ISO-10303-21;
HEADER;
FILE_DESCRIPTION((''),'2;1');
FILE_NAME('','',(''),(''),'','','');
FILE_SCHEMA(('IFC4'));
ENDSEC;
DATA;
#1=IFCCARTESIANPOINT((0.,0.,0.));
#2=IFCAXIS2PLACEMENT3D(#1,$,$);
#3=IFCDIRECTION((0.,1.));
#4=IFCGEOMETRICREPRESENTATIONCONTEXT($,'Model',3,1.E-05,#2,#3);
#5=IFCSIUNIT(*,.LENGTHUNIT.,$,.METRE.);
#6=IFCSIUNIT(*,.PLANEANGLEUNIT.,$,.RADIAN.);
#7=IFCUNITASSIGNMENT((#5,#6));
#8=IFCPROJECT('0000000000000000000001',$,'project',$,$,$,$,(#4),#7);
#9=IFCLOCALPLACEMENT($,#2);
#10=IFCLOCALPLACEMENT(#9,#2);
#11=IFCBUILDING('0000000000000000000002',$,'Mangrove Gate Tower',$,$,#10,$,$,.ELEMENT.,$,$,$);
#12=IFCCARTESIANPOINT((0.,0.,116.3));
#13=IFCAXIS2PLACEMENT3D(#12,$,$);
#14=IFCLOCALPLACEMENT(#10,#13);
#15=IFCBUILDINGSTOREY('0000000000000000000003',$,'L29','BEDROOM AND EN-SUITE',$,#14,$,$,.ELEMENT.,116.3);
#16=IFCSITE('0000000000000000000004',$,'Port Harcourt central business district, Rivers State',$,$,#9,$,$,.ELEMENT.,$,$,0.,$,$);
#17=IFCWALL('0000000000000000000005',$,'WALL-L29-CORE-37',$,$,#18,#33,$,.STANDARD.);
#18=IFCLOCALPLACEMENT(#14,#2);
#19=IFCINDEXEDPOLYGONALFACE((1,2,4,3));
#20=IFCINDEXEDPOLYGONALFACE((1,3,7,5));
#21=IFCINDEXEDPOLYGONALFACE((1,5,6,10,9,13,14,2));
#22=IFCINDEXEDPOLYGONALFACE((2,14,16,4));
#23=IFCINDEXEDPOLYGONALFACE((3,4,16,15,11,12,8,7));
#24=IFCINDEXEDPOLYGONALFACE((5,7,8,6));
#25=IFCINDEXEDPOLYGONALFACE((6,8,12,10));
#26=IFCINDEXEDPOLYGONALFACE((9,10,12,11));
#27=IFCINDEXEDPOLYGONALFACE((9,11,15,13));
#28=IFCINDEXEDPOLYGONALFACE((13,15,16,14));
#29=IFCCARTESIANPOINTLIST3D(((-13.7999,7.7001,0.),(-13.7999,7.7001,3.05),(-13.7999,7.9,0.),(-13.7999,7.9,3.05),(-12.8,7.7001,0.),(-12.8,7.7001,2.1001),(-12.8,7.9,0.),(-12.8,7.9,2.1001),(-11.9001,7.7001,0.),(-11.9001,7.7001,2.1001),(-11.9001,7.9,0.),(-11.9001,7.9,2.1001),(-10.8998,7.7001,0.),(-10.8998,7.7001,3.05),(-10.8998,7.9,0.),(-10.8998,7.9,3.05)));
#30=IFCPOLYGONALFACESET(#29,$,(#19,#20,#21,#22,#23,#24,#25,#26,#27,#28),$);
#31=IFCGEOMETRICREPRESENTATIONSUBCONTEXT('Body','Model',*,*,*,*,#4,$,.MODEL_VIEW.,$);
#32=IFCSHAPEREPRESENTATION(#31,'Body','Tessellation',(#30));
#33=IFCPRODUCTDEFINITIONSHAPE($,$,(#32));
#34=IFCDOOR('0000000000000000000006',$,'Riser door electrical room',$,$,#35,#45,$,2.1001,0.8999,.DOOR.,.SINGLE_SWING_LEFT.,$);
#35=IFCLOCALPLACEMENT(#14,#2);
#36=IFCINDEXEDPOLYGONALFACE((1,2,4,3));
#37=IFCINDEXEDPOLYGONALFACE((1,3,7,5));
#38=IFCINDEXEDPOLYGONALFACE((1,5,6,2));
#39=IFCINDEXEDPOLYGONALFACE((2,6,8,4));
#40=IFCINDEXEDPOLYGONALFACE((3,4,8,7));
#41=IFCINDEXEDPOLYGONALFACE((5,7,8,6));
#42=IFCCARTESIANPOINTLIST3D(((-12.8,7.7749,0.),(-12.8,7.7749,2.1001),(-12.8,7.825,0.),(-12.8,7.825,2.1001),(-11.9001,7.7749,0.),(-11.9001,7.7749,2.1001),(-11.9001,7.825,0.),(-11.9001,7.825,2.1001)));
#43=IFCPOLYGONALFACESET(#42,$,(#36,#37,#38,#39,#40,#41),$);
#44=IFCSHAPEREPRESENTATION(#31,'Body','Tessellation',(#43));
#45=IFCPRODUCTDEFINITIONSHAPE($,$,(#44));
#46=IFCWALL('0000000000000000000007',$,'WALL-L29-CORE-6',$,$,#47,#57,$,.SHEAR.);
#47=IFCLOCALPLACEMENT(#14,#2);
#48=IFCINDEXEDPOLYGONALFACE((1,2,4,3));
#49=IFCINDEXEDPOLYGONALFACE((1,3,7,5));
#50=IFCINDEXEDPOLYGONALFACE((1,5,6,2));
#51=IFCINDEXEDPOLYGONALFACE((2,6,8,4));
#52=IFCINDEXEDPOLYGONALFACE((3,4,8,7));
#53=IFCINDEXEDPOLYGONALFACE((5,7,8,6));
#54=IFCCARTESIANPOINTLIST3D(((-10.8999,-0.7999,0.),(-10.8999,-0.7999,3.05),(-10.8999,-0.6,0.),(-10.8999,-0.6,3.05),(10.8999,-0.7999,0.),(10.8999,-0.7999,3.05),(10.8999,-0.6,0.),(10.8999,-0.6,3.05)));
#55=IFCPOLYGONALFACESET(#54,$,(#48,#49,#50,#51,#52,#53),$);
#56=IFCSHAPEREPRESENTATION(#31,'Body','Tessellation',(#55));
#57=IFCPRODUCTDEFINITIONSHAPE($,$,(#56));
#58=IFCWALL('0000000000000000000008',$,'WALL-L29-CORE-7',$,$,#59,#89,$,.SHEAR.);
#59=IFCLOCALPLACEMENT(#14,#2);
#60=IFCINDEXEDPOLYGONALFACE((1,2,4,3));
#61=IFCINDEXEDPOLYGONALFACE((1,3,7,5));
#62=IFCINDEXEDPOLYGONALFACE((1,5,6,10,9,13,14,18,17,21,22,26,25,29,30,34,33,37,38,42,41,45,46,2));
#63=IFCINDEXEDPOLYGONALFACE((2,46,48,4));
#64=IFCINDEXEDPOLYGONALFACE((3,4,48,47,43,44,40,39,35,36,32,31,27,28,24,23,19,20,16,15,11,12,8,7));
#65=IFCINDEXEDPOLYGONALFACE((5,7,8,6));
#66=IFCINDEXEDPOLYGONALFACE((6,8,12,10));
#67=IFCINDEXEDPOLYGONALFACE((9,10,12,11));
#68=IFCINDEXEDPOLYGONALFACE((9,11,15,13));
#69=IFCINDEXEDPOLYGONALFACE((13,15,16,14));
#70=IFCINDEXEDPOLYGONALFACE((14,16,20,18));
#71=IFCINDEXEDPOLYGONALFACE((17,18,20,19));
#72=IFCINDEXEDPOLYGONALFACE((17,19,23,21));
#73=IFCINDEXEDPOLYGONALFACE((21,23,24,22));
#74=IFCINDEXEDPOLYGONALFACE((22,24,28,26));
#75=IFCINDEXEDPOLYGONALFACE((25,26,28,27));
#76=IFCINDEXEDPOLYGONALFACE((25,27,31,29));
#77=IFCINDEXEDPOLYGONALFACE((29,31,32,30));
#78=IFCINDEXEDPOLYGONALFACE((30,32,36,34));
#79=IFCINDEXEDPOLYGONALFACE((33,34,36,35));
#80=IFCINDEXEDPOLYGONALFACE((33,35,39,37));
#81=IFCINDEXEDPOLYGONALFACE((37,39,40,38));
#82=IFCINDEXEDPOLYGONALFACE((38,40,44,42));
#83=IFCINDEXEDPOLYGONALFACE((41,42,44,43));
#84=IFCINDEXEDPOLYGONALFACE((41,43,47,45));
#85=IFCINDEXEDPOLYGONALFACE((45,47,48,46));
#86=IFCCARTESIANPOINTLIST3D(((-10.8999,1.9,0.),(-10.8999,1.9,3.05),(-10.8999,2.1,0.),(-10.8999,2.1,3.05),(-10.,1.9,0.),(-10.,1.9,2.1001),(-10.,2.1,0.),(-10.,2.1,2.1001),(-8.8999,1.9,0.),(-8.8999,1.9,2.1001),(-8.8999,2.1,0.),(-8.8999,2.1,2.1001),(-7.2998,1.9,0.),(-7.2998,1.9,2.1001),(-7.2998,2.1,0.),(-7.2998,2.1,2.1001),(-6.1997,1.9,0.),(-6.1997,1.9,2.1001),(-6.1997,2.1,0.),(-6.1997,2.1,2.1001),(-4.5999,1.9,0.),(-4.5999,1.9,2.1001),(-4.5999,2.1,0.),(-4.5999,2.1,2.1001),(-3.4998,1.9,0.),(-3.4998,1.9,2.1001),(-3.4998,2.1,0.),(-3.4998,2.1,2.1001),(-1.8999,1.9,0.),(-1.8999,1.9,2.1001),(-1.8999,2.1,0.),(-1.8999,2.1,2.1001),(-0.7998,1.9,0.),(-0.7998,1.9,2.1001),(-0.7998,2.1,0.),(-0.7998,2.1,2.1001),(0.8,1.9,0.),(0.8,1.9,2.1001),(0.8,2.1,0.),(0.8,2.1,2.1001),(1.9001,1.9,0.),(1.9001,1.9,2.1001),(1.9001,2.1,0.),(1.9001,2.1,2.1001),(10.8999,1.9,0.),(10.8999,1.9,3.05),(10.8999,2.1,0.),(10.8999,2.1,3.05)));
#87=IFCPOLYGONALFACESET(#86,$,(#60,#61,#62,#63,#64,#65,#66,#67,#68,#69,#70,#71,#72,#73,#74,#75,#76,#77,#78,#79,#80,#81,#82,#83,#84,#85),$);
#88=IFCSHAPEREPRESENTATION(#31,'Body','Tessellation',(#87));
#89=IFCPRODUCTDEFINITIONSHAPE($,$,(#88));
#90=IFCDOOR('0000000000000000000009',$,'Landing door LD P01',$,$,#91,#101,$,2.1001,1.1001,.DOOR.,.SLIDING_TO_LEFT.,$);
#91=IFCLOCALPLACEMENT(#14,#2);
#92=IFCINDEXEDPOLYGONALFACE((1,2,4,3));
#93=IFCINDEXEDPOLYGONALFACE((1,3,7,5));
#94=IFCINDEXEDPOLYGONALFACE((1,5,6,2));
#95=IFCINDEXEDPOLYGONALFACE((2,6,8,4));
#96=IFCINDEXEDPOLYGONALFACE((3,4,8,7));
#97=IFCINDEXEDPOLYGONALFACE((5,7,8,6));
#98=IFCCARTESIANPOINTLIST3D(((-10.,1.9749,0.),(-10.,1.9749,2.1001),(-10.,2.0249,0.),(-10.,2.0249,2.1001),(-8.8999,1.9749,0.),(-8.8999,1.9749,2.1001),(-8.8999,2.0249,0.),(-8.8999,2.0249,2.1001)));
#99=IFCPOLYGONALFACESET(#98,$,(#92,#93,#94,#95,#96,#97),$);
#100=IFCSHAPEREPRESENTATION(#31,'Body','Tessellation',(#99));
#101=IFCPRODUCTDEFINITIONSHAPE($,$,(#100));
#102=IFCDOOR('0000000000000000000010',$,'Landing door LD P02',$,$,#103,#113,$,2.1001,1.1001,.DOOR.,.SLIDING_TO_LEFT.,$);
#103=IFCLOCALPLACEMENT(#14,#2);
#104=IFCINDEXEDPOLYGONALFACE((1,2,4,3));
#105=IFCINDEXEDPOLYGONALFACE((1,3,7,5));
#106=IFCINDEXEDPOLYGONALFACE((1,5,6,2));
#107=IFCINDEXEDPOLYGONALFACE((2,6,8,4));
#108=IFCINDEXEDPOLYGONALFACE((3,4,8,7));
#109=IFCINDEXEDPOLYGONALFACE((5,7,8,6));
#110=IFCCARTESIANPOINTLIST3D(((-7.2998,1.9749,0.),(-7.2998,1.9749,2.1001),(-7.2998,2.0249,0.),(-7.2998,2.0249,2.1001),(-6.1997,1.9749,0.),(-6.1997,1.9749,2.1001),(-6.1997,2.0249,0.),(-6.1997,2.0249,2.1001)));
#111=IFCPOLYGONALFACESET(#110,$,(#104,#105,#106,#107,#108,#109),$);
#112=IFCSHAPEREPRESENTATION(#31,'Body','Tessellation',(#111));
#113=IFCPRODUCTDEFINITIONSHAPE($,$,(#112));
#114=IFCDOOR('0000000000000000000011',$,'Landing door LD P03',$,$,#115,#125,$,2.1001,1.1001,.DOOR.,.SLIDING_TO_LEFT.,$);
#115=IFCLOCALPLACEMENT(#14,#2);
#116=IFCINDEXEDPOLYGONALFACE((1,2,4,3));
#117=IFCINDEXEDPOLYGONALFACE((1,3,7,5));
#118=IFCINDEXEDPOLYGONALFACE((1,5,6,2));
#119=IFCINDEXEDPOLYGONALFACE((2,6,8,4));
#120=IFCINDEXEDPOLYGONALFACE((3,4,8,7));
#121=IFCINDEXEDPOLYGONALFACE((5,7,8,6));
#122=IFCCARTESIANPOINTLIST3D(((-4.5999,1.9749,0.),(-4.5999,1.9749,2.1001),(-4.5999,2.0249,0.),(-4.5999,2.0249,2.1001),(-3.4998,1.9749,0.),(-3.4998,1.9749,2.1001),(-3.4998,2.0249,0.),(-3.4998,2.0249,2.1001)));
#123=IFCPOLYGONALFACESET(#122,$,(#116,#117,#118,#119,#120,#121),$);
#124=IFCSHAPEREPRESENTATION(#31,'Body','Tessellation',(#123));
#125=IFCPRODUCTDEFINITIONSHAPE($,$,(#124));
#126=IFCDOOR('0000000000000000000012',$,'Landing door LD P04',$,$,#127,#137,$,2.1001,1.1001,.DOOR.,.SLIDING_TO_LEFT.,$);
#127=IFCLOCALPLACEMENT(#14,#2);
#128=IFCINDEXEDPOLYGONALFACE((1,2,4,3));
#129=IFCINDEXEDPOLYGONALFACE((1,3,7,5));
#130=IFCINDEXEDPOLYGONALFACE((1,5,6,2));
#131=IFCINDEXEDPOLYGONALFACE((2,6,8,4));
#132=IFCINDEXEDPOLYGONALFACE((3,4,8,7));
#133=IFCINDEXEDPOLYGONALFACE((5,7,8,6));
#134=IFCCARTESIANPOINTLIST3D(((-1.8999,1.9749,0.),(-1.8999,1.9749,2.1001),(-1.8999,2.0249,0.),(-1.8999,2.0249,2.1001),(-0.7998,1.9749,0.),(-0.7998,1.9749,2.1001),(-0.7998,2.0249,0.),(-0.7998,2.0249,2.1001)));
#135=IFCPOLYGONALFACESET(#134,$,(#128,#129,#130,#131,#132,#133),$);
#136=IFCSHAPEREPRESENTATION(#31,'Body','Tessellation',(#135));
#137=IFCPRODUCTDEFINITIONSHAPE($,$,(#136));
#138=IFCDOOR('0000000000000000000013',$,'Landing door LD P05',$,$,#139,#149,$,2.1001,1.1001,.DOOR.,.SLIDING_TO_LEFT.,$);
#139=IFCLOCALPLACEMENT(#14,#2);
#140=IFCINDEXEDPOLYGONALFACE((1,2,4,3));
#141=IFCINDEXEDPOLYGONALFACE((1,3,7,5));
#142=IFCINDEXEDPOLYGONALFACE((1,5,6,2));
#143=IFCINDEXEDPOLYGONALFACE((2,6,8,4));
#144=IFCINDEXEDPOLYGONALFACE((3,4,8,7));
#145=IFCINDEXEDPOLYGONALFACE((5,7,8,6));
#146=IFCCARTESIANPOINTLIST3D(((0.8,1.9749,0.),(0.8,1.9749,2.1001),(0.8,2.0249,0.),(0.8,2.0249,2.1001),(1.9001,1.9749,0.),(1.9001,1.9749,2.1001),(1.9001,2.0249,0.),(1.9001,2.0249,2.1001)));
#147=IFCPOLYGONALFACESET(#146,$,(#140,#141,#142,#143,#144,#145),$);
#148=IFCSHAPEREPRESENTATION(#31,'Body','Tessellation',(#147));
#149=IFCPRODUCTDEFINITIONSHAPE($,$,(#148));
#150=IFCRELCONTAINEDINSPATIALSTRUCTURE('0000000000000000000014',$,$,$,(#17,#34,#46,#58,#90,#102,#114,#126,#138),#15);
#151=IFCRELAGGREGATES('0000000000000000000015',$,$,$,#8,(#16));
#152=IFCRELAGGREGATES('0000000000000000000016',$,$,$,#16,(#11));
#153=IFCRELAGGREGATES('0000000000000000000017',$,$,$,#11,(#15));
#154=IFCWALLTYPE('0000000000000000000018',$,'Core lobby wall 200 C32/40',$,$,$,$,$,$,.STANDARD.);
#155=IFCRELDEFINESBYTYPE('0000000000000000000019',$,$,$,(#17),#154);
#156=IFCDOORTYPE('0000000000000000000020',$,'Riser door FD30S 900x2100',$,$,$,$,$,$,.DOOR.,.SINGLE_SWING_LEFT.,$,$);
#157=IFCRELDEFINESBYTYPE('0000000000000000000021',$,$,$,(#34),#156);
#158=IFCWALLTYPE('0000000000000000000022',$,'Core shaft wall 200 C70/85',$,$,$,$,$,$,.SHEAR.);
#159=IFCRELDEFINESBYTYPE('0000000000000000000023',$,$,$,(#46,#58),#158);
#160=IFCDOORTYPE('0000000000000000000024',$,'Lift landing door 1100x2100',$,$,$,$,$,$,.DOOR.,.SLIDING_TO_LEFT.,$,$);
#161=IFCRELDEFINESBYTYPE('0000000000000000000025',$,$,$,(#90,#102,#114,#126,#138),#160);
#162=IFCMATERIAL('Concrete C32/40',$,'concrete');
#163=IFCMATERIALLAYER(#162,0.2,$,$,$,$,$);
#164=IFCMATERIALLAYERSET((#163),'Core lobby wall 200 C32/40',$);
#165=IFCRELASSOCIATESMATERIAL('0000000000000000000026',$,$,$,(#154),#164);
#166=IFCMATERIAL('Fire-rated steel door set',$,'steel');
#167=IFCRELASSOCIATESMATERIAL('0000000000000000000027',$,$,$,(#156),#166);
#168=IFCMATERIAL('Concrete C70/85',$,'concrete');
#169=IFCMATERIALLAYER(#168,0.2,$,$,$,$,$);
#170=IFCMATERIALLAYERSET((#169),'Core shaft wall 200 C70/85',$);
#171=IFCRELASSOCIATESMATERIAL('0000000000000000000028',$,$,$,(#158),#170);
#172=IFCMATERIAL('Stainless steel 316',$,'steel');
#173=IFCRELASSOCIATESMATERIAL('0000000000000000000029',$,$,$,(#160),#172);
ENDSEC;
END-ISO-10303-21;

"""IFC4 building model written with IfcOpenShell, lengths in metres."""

from ifc_helpers import new_model, si_unit, direction, frame, frame_2d, origin, place, context, subcontext, project, spatial, rectangle, extrude, material, layer, layer_set, type_object, element, fill, save


model = new_model("IFC4")

# Units and contexts
model_context = context("Model", 3, precision=1e-05, world=origin(), true_north=direction((0.0, 1.0)))
body_context = subcontext(model_context, "Body", "Model", "MODEL_VIEW")
ifc_project = project(units=[si_unit("LENGTHUNIT", "METRE"), si_unit("PLANEANGLEUNIT", "RADIAN")], contexts=[model_context])

# Site, building, storey
site_placement = place(None, origin())
site = spatial("IfcSite", under=ifc_project, at=site_placement, Name="Port Harcourt central business district, Rivers State", CompositionType="ELEMENT", RefElevation=0.0)
building_placement = place(site_placement, origin())
building = spatial("IfcBuilding", under=site, at=building_placement, Name="Mangrove Gate Tower", CompositionType="ELEMENT")
storey_placement = place(building_placement, frame((0.0, 0.0, 116.3)))
storey = spatial("IfcBuildingStorey", under=building, at=storey_placement, Name="L29", Description="BEDROOM AND EN-SUITE", CompositionType="ELEMENT", Elevation=116.3)

# Wall, opening, door
ifc_material_1 = material(Name="Concrete C32/40", Category="concrete")
ifc_layer_1 = layer(ifc_material_1, 0.2)
ifc_layer_set_1 = layer_set([ifc_layer_1], Name="Core lobby wall 200 C32/40")
wall_type_1 = type_object("IfcWallType", Name="Core lobby wall 200 C32/40", PredefinedType="STANDARD", material=ifc_layer_set_1)
wall_1_placement = place(storey_placement, frame((-13.8, 7.8, 0.0), z_axis=(0.0, 0.0, 1.0), x_axis=(1.0, 0.0, 0.0)))
wall_1 = element("IfcWall", 1, at=wall_1_placement, inside=storey, type_object=wall_type_1, Name="WALL-L29-CORE-37", PredefinedType="STANDARD", context=body_context, shape_type="SweptSolid", body=[
    extrude(rectangle(XDim=2.9001, YDim=0.2, at=frame_2d((1.4502, 0.0))), origin(), (0.0, 0.0, 1.0), 3.05),
])
opening_1_placement = place(wall_1_placement, frame((1.0, 0.0, 0.0)))
opening_1 = element("IfcOpeningElement", 2, at=opening_1_placement, cuts=wall_1, PredefinedType="OPENING", context=body_context, shape_type="SweptSolid", body=[
    extrude(rectangle(XDim=0.8999, YDim=2.1001, at=frame_2d((0.45, 1.05))), frame((0.0, 0.1099, 0.0), z_axis=(0.0, -1.0, 0.0), x_axis=(1.0, 0.0, 0.0)), (0.0, 0.0, 1.0), 0.22),
])
ifc_material_2 = material(Name="Fire-rated steel door set", Category="steel")
door_type_1 = type_object("IfcDoorType", Name="Riser door FD30S 900x2100", OperationType="SINGLE_SWING_LEFT", PredefinedType="DOOR", material=ifc_material_2)
door_1_placement = place(opening_1_placement, origin())
door_1 = element("IfcDoor", 3, at=door_1_placement, inside=storey, type_object=door_type_1, Name="Riser door electrical room", OperationType="SINGLE_SWING_LEFT", OverallHeight=2.1001, OverallWidth=0.8999, PredefinedType="DOOR", context=body_context, shape_type="SweptSolid", body=[
    extrude(rectangle(XDim=0.8999, YDim=2.1001, at=frame_2d((0.45, 1.05))), frame((0.0, 0.0249, 0.0), z_axis=(0.0, -1.0, 0.0), x_axis=(1.0, 0.0, 0.0)), (0.0, 0.0, 1.0), 0.05),
])
fill(opening_1, door_1)

# Wall
ifc_material_3 = material(Name="Concrete C70/85", Category="concrete")
ifc_layer_2 = layer(ifc_material_3, 0.2)
ifc_layer_set_2 = layer_set([ifc_layer_2], Name="Core shaft wall 200 C70/85")
wall_type_2 = type_object("IfcWallType", Name="Core shaft wall 200 C70/85", PredefinedType="SHEAR", material=ifc_layer_set_2)
wall_2_placement = place(storey_placement, frame((-10.8999, -0.7, 0.0), z_axis=(0.0, 0.0, 1.0), x_axis=(1.0, 0.0, 0.0)))
element("IfcWall", 4, at=wall_2_placement, inside=storey, type_object=wall_type_2, Name="WALL-L29-CORE-6", PredefinedType="SHEAR", context=body_context, shape_type="SweptSolid", body=[
    extrude(rectangle(XDim=21.7998, YDim=0.2, at=frame_2d((10.8999, 0.0))), origin(), (0.0, 0.0, 1.0), 3.05),
])

# Wall, openings, doors
wall_3_placement = place(storey_placement, frame((-10.8999, 2.0, 0.0), z_axis=(0.0, 0.0, 1.0), x_axis=(1.0, 0.0, 0.0)))
wall_3 = element("IfcWall", 5, at=wall_3_placement, inside=storey, type_object=wall_type_2, Name="WALL-L29-CORE-7", PredefinedType="SHEAR", context=body_context, shape_type="SweptSolid", body=[
    extrude(rectangle(XDim=21.7998, YDim=0.2, at=frame_2d((10.8999, 0.0))), origin(), (0.0, 0.0, 1.0), 3.05),
])
opening_2_placement = place(wall_3_placement, frame((0.8999, 0.0, 0.0)))
opening_2 = element("IfcOpeningElement", 6, at=opening_2_placement, cuts=wall_3, PredefinedType="OPENING", context=body_context, shape_type="SweptSolid", body=[
    extrude(rectangle(XDim=1.1001, YDim=2.1001, at=frame_2d((0.55, 1.05))), frame((0.0, 0.1099, 0.0), z_axis=(0.0, -1.0, 0.0), x_axis=(1.0, 0.0, 0.0)), (0.0, 0.0, 1.0), 0.22),
])
opening_3_placement = place(wall_3_placement, frame((3.6001, 0.0, 0.0)))
opening_3 = element("IfcOpeningElement", 7, at=opening_3_placement, cuts=wall_3, PredefinedType="OPENING", context=body_context, shape_type="SweptSolid", body=[
    extrude(rectangle(XDim=1.1001, YDim=2.1001, at=frame_2d((0.55, 1.05))), frame((0.0, 0.1099, 0.0), z_axis=(0.0, -1.0, 0.0), x_axis=(1.0, 0.0, 0.0)), (0.0, 0.0, 1.0), 0.22),
])
opening_4_placement = place(wall_3_placement, frame((6.3, 0.0, 0.0)))
opening_4 = element("IfcOpeningElement", 8, at=opening_4_placement, cuts=wall_3, PredefinedType="OPENING", context=body_context, shape_type="SweptSolid", body=[
    extrude(rectangle(XDim=1.1001, YDim=2.1001, at=frame_2d((0.55, 1.05))), frame((0.0, 0.1099, 0.0), z_axis=(0.0, -1.0, 0.0), x_axis=(1.0, 0.0, 0.0)), (0.0, 0.0, 1.0), 0.22),
])
opening_5_placement = place(wall_3_placement, frame((9.0, 0.0, 0.0)))
opening_5 = element("IfcOpeningElement", 9, at=opening_5_placement, cuts=wall_3, PredefinedType="OPENING", context=body_context, shape_type="SweptSolid", body=[
    extrude(rectangle(XDim=1.1001, YDim=2.1001, at=frame_2d((0.55, 1.05))), frame((0.0, 0.1099, 0.0), z_axis=(0.0, -1.0, 0.0), x_axis=(1.0, 0.0, 0.0)), (0.0, 0.0, 1.0), 0.22),
])
opening_6_placement = place(wall_3_placement, frame((11.7, 0.0, 0.0)))
opening_6 = element("IfcOpeningElement", 10, at=opening_6_placement, cuts=wall_3, PredefinedType="OPENING", context=body_context, shape_type="SweptSolid", body=[
    extrude(rectangle(XDim=1.1001, YDim=2.1001, at=frame_2d((0.55, 1.05))), frame((0.0, 0.1099, 0.0), z_axis=(0.0, -1.0, 0.0), x_axis=(1.0, 0.0, 0.0)), (0.0, 0.0, 1.0), 0.22),
])
ifc_material_4 = material(Name="Stainless steel 316", Category="steel")
door_type_2 = type_object("IfcDoorType", Name="Lift landing door 1100x2100", OperationType="SLIDING_TO_LEFT", PredefinedType="DOOR", material=ifc_material_4)
door_2_placement = place(opening_2_placement, origin())
door_2 = element("IfcDoor", 11, at=door_2_placement, inside=storey, type_object=door_type_2, Name="Landing door LD P01", OperationType="SLIDING_TO_LEFT", OverallHeight=2.1001, OverallWidth=1.1001, PredefinedType="DOOR", context=body_context, shape_type="SweptSolid", body=[
    extrude(rectangle(XDim=1.1001, YDim=2.1001, at=frame_2d((0.55, 1.05))), frame((0.0, 0.0249, 0.0), z_axis=(0.0, -1.0, 0.0), x_axis=(1.0, 0.0, 0.0)), (0.0, 0.0, 1.0), 0.05),
])
fill(opening_2, door_2)
door_3_placement = place(opening_3_placement, origin())
door_3 = element("IfcDoor", 12, at=door_3_placement, inside=storey, type_object=door_type_2, Name="Landing door LD P02", OperationType="SLIDING_TO_LEFT", OverallHeight=2.1001, OverallWidth=1.1001, PredefinedType="DOOR", context=body_context, shape_type="SweptSolid", body=[
    extrude(rectangle(XDim=1.1001, YDim=2.1001, at=frame_2d((0.55, 1.05))), frame((0.0, 0.0249, 0.0), z_axis=(0.0, -1.0, 0.0), x_axis=(1.0, 0.0, 0.0)), (0.0, 0.0, 1.0), 0.05),
])
fill(opening_3, door_3)
door_4_placement = place(opening_4_placement, origin())
door_4 = element("IfcDoor", 13, at=door_4_placement, inside=storey, type_object=door_type_2, Name="Landing door LD P03", OperationType="SLIDING_TO_LEFT", OverallHeight=2.1001, OverallWidth=1.1001, PredefinedType="DOOR", context=body_context, shape_type="SweptSolid", body=[
    extrude(rectangle(XDim=1.1001, YDim=2.1001, at=frame_2d((0.55, 1.05))), frame((0.0, 0.0249, 0.0), z_axis=(0.0, -1.0, 0.0), x_axis=(1.0, 0.0, 0.0)), (0.0, 0.0, 1.0), 0.05),
])
fill(opening_4, door_4)
door_5_placement = place(opening_5_placement, origin())
door_5 = element("IfcDoor", 14, at=door_5_placement, inside=storey, type_object=door_type_2, Name="Landing door LD P04", OperationType="SLIDING_TO_LEFT", OverallHeight=2.1001, OverallWidth=1.1001, PredefinedType="DOOR", context=body_context, shape_type="SweptSolid", body=[
    extrude(rectangle(XDim=1.1001, YDim=2.1001, at=frame_2d((0.55, 1.05))), frame((0.0, 0.0249, 0.0), z_axis=(0.0, -1.0, 0.0), x_axis=(1.0, 0.0, 0.0)), (0.0, 0.0, 1.0), 0.05),
])
fill(opening_5, door_5)
door_6_placement = place(opening_6_placement, origin())
door_6 = element("IfcDoor", 15, at=door_6_placement, inside=storey, type_object=door_type_2, Name="Landing door LD P05", OperationType="SLIDING_TO_LEFT", OverallHeight=2.1001, OverallWidth=1.1001, PredefinedType="DOOR", context=body_context, shape_type="SweptSolid", body=[
    extrude(rectangle(XDim=1.1001, YDim=2.1001, at=frame_2d((0.55, 1.05))), frame((0.0, 0.0249, 0.0), z_axis=(0.0, -1.0, 0.0), x_axis=(1.0, 0.0, 0.0)), (0.0, 0.0, 1.0), 0.05),
])
fill(opening_6, door_6)

save(model, "model.ifc")
